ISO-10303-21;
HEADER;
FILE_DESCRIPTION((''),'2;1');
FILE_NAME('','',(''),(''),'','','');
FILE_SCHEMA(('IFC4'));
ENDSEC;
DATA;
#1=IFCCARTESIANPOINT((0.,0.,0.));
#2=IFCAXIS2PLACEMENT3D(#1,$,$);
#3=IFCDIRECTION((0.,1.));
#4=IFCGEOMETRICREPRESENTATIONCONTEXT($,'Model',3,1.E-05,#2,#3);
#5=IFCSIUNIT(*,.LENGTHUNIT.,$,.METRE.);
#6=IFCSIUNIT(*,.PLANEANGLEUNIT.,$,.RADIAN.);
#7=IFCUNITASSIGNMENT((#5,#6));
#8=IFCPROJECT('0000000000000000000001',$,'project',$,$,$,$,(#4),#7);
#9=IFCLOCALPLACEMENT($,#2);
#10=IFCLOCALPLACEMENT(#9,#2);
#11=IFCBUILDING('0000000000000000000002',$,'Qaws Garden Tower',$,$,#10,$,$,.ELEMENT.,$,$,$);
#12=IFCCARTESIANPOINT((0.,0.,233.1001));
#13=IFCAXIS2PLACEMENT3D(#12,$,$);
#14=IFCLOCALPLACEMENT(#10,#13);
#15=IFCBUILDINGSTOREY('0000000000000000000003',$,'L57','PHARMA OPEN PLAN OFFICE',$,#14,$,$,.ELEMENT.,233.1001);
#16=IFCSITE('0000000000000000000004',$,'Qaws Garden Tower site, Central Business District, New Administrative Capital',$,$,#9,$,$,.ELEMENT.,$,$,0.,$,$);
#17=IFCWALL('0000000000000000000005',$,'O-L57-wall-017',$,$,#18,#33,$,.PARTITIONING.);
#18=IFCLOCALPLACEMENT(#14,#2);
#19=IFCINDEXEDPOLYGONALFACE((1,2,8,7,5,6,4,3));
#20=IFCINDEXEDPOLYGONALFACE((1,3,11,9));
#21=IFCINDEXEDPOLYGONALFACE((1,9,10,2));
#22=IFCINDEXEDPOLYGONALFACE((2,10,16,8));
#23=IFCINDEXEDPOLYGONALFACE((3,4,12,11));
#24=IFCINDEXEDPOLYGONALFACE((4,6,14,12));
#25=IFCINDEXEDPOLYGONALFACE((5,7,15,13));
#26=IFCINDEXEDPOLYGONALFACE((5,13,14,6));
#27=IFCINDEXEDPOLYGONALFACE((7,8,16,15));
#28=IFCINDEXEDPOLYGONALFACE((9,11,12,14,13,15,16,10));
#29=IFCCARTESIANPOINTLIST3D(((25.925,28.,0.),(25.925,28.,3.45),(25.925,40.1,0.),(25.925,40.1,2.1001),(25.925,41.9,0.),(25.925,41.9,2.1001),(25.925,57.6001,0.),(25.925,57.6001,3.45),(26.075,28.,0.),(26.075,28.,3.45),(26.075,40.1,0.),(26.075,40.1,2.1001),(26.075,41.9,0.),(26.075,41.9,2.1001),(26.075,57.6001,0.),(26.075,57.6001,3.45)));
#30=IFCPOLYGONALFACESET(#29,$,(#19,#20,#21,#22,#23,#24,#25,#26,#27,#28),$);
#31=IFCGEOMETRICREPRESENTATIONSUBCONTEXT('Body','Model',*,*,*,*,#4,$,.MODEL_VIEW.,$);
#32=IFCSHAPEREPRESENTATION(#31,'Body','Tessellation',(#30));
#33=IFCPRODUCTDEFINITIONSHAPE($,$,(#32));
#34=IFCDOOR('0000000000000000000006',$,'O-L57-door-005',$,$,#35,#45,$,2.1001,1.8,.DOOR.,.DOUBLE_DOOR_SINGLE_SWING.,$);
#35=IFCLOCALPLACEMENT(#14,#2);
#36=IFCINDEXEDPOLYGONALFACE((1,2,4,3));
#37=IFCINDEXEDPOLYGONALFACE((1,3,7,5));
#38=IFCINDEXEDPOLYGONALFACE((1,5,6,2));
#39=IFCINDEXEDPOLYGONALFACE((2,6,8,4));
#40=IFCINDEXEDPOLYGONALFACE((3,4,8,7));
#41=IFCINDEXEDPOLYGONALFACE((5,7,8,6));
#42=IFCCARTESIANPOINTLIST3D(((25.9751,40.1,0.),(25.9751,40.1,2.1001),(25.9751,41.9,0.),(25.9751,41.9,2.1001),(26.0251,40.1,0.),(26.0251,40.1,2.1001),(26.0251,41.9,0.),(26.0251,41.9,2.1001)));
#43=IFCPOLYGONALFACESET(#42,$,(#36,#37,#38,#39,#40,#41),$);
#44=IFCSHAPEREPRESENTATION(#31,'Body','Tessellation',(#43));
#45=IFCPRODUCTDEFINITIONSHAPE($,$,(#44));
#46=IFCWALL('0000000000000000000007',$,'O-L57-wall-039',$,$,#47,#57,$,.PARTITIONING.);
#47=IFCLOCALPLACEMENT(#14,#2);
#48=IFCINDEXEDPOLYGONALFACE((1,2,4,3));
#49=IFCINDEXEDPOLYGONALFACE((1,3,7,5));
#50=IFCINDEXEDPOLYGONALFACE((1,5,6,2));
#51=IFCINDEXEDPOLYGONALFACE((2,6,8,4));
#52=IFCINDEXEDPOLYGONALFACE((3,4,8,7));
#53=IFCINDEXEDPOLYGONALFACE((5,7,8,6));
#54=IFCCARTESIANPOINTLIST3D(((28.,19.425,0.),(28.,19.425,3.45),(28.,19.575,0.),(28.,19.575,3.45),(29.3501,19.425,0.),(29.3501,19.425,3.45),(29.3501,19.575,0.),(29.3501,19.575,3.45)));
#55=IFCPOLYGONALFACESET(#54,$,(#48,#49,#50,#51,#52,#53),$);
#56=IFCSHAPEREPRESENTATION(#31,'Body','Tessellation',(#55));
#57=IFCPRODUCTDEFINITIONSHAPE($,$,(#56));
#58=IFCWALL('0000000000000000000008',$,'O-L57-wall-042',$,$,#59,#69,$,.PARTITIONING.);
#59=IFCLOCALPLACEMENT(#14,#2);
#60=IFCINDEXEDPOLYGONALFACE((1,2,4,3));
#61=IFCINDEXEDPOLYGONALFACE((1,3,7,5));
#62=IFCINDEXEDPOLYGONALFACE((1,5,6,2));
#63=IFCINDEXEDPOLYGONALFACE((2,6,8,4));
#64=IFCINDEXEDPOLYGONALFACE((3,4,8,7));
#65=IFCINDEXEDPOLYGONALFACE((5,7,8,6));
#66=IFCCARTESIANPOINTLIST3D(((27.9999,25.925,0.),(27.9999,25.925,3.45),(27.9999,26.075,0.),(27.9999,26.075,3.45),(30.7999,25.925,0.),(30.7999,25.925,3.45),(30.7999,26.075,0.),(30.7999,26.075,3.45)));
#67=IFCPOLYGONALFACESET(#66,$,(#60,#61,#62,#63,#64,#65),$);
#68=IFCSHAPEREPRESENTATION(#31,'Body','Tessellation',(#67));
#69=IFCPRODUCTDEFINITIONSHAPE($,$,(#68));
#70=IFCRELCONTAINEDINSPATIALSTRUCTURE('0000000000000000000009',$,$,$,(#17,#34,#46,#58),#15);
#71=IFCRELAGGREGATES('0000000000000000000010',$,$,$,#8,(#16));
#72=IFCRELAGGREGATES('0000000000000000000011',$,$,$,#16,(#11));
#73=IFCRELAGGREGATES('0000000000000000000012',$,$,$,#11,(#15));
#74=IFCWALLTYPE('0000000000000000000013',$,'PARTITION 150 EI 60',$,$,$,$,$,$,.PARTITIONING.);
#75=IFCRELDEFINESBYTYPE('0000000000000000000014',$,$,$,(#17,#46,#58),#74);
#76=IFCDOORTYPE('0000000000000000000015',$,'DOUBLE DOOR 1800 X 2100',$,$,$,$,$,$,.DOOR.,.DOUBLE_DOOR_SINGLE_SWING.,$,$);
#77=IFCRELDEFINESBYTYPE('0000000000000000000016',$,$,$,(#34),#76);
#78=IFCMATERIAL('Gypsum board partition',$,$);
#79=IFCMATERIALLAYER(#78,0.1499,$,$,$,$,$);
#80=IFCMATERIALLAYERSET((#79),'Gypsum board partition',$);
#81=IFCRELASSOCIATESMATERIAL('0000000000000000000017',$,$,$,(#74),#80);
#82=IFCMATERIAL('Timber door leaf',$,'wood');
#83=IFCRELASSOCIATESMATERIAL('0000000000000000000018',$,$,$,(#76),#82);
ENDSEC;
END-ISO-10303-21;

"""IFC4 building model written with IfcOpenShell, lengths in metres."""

from ifc_helpers import new_model, si_unit, direction, frame, frame_2d, origin, place, context, subcontext, project, spatial, rectangle, extrude, material, layer, layer_set, type_object, element, fill, save


model = new_model("IFC4")

# Units and contexts
model_context = context("Model", 3, precision=1e-05, world=origin(), true_north=direction((0.0, 1.0)))
body_context = subcontext(model_context, "Body", "Model", "MODEL_VIEW")
ifc_project = project(units=[si_unit("LENGTHUNIT", "METRE"), si_unit("PLANEANGLEUNIT", "RADIAN")], contexts=[model_context])

# Site, building, storey
site_placement = place(None, origin())
site = spatial("IfcSite", under=ifc_project, at=site_placement, Name="Qaws Garden Tower site, Central Business District, New Administrative Capital", CompositionType="ELEMENT", RefElevation=0.0)
building_placement = place(site_placement, origin())
building = spatial("IfcBuilding", under=site, at=building_placement, Name="Qaws Garden Tower", CompositionType="ELEMENT")
storey_placement = place(building_placement, frame((0.0, 0.0, 233.1001)))
storey = spatial("IfcBuildingStorey", under=building, at=storey_placement, Name="L57", Description="PHARMA OPEN PLAN OFFICE", CompositionType="ELEMENT", Elevation=233.1001)

# Shared definitions
ifc_material_1 = material(Name="Gypsum board partition")
ifc_layer_1 = layer(ifc_material_1, 0.1499)
ifc_layer_set_1 = layer_set([ifc_layer_1], Name="Gypsum board partition")
wall_type_1 = type_object("IfcWallType", Name="PARTITION 150 EI 60", PredefinedType="PARTITIONING", material=ifc_layer_set_1)

# Wall, opening, door
wall_1_placement = place(storey_placement, frame((26.0, 28.0, 0.0), z_axis=(0.0, 0.0, 1.0), x_axis=(0.0, 1.0, 0.0)))
wall_1 = element("IfcWall", 1, at=wall_1_placement, inside=storey, type_object=wall_type_1, Name="O-L57-wall-017", PredefinedType="PARTITIONING", context=body_context, shape_type="SweptSolid", body=[
    extrude(rectangle(XDim=29.6001, YDim=0.1499, at=frame_2d((14.8, 0.0))), origin(), (0.0, 0.0, 1.0), 3.45),
])
opening_1_placement = place(wall_1_placement, frame((12.1001, 0.0, 0.0)))
opening_1 = element("IfcOpeningElement", 2, at=opening_1_placement, cuts=wall_1, PredefinedType="OPENING", context=body_context, shape_type="SweptSolid", body=[
    extrude(rectangle(XDim=1.8, YDim=2.1001, at=frame_2d((0.8999, 1.05))), frame((0.0, 0.085, 0.0), z_axis=(0.0, -1.0, 0.0), x_axis=(1.0, 0.0, 0.0)), (0.0, 0.0, 1.0), 0.1699),
])
ifc_material_2 = material(Name="Timber door leaf", Category="wood")
door_type_1 = type_object("IfcDoorType", Name="DOUBLE DOOR 1800 X 2100", OperationType="DOUBLE_DOOR_SINGLE_SWING", PredefinedType="DOOR", material=ifc_material_2)
door_1_placement = place(opening_1_placement, origin())
door_1 = element("IfcDoor", 3, at=door_1_placement, inside=storey, type_object=door_type_1, Name="O-L57-door-005", OperationType="DOUBLE_DOOR_SINGLE_SWING", OverallHeight=2.1001, OverallWidth=1.8, PredefinedType="DOOR", context=body_context, shape_type="SweptSolid", body=[
    extrude(rectangle(XDim=1.8, YDim=2.1001, at=frame_2d((0.8999, 1.05))), frame((0.0, 0.0249, 0.0), z_axis=(0.0, -1.0, 0.0), x_axis=(1.0, 0.0, 0.0)), (0.0, 0.0, 1.0), 0.05),
])
fill(opening_1, door_1)

# Walls
wall_2_placement = place(storey_placement, frame((28.0, 19.5, 0.0), z_axis=(0.0, 0.0, 1.0), x_axis=(1.0, 0.0, 0.0)))
element("IfcWall", 4, at=wall_2_placement, inside=storey, type_object=wall_type_1, Name="O-L57-wall-039", PredefinedType="PARTITIONING", context=body_context, shape_type="SweptSolid", body=[
    extrude(rectangle(XDim=1.3501, YDim=0.1499, at=frame_2d((0.675, 0.0))), origin(), (0.0, 0.0, 1.0), 3.45),
])
wall_3_placement = place(storey_placement, frame((28.0, 26.0, 0.0), z_axis=(0.0, 0.0, 1.0), x_axis=(1.0, 0.0, 0.0)))
element("IfcWall", 5, at=wall_3_placement, inside=storey, type_object=wall_type_1, Name="O-L57-wall-042", PredefinedType="PARTITIONING", context=body_context, shape_type="SweptSolid", body=[
    extrude(rectangle(XDim=2.8, YDim=0.1499, at=frame_2d((1.3999, 0.0))), origin(), (0.0, 0.0, 1.0), 3.45),
])

save(model, "model.ifc")
